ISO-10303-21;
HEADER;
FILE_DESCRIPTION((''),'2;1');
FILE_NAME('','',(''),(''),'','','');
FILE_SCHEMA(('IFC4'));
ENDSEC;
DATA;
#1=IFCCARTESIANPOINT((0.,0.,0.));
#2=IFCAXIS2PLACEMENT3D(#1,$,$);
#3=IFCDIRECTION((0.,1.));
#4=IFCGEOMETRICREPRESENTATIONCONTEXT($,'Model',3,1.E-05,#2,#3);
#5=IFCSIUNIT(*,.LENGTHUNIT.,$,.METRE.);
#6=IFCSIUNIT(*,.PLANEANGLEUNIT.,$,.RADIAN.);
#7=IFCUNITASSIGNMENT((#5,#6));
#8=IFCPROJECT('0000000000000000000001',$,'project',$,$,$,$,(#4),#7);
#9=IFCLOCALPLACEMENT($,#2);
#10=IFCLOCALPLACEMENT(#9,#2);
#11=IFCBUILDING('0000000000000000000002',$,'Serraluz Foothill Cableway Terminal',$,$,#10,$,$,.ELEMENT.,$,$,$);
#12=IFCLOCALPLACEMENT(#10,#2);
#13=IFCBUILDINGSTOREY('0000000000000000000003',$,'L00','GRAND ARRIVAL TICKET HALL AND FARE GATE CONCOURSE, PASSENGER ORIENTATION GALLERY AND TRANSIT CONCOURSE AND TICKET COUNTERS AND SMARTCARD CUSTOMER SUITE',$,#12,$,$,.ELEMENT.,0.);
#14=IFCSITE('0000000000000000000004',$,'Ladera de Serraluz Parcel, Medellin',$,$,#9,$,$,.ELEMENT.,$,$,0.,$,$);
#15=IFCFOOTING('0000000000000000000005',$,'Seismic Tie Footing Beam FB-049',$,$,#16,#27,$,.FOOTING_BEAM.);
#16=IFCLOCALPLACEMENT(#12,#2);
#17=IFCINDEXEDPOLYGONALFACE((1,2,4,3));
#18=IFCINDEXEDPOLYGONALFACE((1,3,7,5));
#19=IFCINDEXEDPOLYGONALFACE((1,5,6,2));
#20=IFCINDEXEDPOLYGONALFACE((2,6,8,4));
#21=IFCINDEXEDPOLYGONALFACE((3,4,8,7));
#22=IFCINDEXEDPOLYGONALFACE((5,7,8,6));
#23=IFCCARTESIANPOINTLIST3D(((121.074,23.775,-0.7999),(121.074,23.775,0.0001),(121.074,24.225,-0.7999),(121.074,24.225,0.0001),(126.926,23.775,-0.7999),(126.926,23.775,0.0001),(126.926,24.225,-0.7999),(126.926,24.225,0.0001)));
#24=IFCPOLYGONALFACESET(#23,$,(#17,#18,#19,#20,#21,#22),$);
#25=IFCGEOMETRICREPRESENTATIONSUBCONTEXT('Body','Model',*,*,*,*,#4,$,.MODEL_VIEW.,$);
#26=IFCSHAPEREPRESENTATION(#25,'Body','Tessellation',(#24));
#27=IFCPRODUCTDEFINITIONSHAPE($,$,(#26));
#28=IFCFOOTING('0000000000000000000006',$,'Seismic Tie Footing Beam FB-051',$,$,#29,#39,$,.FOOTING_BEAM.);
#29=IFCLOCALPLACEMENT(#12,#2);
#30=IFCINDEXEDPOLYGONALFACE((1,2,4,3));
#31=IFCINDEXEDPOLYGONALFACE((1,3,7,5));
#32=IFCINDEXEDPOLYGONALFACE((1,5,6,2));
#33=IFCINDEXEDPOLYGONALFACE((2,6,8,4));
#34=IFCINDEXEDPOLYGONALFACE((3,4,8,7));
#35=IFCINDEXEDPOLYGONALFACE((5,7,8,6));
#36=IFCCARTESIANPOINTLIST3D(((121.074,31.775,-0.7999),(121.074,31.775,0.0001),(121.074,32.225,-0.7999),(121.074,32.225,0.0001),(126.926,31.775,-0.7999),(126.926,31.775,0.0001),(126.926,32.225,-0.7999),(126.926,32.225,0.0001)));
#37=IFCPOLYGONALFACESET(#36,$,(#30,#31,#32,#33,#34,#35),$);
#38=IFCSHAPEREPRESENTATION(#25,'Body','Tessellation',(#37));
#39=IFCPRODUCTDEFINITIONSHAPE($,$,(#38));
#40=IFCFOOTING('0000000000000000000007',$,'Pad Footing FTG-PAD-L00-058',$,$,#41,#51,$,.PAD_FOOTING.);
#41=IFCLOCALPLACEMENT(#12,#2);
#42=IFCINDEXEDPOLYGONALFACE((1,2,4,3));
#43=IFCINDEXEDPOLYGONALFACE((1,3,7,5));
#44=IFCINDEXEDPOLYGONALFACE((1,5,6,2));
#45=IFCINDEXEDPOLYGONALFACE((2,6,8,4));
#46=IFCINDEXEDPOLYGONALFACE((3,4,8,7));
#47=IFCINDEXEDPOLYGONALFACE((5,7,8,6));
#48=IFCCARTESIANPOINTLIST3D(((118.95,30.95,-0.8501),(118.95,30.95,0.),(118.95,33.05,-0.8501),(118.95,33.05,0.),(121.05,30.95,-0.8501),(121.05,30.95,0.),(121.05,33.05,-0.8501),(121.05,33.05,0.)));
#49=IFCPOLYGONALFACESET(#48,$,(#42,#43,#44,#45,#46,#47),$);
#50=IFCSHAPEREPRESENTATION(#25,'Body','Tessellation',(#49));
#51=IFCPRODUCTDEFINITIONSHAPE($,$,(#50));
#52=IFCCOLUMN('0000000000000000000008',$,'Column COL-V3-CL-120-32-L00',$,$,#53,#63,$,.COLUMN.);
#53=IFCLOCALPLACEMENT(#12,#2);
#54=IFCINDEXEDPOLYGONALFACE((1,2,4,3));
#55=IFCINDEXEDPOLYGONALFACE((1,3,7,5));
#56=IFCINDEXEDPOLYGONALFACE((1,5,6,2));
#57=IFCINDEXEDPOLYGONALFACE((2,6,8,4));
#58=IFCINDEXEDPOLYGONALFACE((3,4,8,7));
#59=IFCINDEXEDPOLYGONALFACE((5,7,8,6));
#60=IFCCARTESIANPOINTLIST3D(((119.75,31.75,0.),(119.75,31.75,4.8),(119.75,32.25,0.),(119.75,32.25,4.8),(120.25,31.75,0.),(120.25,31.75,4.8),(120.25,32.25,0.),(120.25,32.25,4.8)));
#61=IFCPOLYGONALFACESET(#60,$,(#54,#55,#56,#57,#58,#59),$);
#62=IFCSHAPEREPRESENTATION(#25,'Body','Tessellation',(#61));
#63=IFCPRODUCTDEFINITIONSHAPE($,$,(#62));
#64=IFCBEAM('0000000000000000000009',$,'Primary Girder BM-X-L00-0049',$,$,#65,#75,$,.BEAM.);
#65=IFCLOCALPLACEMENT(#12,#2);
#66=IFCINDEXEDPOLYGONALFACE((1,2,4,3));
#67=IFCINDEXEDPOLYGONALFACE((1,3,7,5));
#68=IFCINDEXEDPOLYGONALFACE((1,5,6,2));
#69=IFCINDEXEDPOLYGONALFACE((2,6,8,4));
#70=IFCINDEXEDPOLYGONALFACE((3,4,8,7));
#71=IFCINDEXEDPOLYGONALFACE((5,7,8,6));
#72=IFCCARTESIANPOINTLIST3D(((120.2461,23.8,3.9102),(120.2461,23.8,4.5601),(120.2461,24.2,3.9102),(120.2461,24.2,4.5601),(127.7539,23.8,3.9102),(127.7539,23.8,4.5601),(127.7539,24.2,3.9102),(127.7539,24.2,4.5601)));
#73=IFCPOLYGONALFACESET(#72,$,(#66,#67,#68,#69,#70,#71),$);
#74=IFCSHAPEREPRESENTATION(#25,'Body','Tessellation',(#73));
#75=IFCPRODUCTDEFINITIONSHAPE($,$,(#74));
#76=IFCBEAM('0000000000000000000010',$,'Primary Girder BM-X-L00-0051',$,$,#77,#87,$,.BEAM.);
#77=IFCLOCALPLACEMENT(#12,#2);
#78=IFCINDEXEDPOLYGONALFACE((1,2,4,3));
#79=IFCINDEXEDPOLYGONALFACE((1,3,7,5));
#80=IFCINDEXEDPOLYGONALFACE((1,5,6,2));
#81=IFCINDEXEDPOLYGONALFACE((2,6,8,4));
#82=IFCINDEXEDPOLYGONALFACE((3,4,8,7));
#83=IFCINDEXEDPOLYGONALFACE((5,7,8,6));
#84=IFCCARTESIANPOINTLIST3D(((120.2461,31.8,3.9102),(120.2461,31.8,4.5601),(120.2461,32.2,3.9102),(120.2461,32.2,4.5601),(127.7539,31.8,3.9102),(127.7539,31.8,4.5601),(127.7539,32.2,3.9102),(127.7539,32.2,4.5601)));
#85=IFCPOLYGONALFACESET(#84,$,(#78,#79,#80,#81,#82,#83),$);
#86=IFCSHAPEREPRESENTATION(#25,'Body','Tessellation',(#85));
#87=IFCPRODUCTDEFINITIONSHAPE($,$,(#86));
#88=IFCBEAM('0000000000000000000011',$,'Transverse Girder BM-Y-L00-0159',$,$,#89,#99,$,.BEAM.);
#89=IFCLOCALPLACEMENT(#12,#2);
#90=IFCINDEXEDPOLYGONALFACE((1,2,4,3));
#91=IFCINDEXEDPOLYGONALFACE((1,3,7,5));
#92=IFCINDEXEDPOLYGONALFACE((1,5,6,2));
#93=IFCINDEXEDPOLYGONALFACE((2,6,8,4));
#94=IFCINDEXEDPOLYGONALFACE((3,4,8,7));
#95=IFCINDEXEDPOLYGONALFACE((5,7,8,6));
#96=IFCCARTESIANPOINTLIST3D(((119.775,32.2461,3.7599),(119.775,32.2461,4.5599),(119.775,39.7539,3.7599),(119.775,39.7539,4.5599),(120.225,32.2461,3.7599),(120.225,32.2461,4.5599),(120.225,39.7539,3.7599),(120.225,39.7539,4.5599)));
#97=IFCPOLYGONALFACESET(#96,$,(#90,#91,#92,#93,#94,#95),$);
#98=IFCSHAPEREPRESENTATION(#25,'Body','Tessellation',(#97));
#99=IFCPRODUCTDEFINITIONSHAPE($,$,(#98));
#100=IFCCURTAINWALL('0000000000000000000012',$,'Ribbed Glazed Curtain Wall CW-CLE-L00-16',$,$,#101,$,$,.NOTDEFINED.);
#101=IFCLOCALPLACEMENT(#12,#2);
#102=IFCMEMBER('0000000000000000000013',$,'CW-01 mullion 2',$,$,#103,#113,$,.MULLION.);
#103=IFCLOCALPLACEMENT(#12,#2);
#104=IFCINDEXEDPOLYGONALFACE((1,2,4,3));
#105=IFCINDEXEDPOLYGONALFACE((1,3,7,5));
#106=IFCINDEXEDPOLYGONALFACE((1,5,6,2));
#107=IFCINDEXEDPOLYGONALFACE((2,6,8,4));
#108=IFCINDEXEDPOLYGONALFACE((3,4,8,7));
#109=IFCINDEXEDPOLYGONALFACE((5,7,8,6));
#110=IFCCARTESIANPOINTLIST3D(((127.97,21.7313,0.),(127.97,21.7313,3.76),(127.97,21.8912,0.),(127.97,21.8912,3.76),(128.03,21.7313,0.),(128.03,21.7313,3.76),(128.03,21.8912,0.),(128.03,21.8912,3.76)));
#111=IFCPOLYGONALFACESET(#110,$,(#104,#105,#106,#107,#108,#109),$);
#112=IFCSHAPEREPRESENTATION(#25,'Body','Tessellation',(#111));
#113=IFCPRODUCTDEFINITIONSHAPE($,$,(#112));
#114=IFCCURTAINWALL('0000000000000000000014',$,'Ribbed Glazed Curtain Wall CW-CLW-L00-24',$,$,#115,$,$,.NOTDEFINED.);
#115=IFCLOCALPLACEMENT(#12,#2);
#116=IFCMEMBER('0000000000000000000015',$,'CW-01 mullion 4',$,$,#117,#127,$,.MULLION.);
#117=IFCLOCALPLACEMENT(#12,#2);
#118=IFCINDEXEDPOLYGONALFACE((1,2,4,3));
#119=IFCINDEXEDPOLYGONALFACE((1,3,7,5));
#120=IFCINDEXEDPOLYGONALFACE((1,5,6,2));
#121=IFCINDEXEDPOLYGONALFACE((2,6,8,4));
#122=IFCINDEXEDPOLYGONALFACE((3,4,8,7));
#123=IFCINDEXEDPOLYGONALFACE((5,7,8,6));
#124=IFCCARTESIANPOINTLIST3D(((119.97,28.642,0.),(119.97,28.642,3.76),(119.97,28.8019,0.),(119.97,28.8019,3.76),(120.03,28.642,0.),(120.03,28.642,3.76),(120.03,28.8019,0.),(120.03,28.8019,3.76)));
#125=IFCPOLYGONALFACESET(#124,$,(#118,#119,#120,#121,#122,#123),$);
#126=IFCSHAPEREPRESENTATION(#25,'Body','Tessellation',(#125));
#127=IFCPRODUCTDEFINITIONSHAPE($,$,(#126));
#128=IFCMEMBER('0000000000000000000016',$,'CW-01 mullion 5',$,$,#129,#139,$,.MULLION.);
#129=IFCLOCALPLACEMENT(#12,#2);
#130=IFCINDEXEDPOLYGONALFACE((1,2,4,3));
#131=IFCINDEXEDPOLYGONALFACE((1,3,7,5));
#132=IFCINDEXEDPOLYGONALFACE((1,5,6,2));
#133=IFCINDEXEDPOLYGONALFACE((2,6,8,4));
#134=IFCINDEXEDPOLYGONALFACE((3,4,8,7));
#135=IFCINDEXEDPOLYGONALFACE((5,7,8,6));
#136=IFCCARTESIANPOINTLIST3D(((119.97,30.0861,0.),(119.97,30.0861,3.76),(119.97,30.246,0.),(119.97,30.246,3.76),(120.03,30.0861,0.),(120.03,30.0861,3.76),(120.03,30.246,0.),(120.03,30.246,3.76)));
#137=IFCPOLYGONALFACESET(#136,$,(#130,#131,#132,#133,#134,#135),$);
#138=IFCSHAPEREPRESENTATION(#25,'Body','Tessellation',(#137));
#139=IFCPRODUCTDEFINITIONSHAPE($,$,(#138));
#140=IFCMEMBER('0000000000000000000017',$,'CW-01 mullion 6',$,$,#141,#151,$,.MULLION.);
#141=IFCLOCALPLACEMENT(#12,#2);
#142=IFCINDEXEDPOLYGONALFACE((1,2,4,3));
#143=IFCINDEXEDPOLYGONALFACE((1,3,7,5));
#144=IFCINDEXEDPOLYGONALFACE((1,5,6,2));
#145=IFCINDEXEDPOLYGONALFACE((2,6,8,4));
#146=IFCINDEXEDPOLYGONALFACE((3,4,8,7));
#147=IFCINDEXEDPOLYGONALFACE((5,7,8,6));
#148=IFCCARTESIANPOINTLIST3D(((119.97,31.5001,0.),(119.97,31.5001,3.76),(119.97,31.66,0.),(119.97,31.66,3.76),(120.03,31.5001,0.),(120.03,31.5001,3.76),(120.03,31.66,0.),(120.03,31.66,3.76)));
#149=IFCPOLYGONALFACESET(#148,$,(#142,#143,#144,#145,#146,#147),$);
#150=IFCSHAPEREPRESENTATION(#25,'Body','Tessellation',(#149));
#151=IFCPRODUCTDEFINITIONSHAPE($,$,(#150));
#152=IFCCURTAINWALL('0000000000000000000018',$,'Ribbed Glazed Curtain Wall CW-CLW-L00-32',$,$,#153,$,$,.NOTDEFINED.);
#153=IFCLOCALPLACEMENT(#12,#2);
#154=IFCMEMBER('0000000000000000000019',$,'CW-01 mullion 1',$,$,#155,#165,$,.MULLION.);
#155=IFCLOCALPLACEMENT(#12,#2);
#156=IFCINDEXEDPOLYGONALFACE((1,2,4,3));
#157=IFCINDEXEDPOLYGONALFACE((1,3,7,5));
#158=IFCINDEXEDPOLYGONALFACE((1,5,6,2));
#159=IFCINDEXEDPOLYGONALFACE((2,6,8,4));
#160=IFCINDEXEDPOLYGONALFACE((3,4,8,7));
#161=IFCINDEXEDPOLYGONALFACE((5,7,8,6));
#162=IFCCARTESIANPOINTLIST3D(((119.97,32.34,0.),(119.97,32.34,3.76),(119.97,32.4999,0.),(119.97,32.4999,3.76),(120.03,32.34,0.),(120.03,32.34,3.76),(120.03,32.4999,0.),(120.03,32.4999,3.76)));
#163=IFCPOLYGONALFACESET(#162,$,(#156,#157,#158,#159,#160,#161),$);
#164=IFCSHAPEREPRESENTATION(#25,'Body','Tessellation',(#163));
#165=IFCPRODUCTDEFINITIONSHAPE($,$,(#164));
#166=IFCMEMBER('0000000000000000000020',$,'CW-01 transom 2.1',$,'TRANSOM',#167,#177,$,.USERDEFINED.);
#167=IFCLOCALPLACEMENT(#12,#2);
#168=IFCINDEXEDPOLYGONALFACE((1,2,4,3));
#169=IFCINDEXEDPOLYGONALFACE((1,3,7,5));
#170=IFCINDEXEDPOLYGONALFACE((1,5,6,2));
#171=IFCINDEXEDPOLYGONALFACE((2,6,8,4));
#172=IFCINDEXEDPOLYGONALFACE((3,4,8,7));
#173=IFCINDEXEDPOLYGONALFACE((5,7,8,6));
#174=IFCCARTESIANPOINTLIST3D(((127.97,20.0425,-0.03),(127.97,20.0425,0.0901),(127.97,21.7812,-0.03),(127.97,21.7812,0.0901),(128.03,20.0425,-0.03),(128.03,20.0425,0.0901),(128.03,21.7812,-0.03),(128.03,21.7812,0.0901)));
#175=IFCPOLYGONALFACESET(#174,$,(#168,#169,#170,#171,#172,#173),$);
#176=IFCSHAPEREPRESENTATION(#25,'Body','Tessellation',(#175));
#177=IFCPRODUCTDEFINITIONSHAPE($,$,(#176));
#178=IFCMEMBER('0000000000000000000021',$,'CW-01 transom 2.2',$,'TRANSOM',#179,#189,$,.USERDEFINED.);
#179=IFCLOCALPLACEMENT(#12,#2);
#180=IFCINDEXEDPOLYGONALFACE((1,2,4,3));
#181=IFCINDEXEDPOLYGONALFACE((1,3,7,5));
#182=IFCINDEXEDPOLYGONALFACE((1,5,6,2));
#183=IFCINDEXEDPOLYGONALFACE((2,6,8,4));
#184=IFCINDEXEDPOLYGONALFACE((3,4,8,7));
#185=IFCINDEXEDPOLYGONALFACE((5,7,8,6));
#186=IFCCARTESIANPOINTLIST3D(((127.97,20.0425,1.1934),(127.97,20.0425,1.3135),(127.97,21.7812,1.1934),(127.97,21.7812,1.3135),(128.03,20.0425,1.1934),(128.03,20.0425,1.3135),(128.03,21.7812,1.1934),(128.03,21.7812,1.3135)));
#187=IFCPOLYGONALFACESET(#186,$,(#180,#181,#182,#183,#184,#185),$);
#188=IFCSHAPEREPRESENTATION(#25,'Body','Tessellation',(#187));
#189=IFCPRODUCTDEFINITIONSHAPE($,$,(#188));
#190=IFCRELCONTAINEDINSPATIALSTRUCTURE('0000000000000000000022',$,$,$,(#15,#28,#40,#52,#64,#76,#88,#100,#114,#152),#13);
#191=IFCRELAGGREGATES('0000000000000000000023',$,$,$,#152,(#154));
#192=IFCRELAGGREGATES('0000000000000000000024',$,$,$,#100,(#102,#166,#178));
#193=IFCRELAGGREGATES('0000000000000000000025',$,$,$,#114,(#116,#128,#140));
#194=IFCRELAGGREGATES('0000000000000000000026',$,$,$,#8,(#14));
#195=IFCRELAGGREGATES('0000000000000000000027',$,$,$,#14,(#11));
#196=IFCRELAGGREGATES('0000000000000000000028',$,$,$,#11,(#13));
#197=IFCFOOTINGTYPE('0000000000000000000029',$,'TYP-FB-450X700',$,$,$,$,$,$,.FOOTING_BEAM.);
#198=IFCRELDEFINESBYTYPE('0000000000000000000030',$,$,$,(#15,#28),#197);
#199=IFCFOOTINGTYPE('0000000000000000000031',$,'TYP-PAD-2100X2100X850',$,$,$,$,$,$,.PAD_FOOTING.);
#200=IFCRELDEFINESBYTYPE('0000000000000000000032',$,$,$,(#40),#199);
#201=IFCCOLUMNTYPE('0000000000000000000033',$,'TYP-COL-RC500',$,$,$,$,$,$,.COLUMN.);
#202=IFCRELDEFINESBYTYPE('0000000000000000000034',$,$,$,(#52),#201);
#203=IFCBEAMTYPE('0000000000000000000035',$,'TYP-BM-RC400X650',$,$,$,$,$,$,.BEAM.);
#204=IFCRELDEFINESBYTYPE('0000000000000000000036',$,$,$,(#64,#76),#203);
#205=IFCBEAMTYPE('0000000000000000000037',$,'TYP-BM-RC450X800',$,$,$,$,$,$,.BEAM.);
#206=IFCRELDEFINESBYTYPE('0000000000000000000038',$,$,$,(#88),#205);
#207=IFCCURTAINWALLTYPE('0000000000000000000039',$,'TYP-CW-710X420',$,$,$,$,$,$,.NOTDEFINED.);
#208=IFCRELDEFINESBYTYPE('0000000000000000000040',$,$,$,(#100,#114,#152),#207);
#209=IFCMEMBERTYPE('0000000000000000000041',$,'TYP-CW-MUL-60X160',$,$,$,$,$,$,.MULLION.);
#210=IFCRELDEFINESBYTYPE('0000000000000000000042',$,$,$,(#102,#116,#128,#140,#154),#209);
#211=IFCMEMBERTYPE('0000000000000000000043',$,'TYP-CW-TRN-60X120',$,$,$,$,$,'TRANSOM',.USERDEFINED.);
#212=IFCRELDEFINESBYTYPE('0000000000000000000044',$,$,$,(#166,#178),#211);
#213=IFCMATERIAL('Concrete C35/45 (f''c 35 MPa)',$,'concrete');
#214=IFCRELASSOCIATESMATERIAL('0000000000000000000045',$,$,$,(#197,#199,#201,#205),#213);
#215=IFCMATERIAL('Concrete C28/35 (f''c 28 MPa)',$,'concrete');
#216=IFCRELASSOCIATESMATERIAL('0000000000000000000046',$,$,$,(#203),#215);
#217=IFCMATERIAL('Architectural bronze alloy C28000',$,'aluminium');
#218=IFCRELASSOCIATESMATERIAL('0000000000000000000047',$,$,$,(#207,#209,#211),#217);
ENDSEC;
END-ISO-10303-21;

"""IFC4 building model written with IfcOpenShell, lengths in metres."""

from ifc_helpers import new_model, si_unit, direction, frame, origin, origin_2d, place, context, subcontext, project, spatial, rectangle, extrude, material, material_profile, profile_set, type_object, element, aggregate, save


model = new_model("IFC4")

# Units and contexts
model_context = context("Model", 3, precision=1e-05, world=origin(), true_north=direction((0.0, 1.0)))
body_context = subcontext(model_context, "Body", "Model", "MODEL_VIEW")
ifc_project = project(units=[si_unit("LENGTHUNIT", "METRE"), si_unit("PLANEANGLEUNIT", "RADIAN")], contexts=[model_context])

# Site, building, storey
site_placement = place(None, origin())
site = spatial("IfcSite", under=ifc_project, at=site_placement, Name="Ladera de Serraluz Parcel, Medellin", CompositionType="ELEMENT", RefElevation=0.0)
building_placement = place(site_placement, origin())
building = spatial("IfcBuilding", under=site, at=building_placement, Name="Serraluz Foothill Cableway Terminal", CompositionType="ELEMENT")
storey_placement = place(building_placement, origin())
storey = spatial("IfcBuildingStorey", under=building, at=storey_placement, Name="L00", Description="GRAND ARRIVAL TICKET HALL AND FARE GATE CONCOURSE, PASSENGER ORIENTATION GALLERY AND TRANSIT CONCOURSE AND TICKET COUNTERS AND SMARTCARD CUSTOMER SUITE", CompositionType="ELEMENT", Elevation=0.0)

# Footings
ifc_material_1 = material(Name="Concrete C35/45 (f'c 35 MPa)", Category="concrete")
ifc_material_profile_1 = material_profile(ifc_material_1, rectangle(XDim=0.45, YDim=0.8, at=origin_2d()), Name="RC 450x800")
ifc_profile_set_1 = profile_set([ifc_material_profile_1], Name="Concrete C35/45 (f'c 35 MPa)")
footing_type_1 = type_object("IfcFootingType", Name="TYP-FB-450X700", PredefinedType="FOOTING_BEAM", material=ifc_profile_set_1)
for number, where, z_axis, x_axis, name in (
    (1, (121.074, 24.0, -0.3999), (1.0, 0.0, 0.0), (0.0, 1.0, 0.0), "Seismic Tie Footing Beam FB-049"),
    (2, (121.074, 32.0, -0.3999), (1.0, 0.0, 0.0), (0.0, 1.0, 0.0), "Seismic Tie Footing Beam FB-051"),
):
    element("IfcFooting", number, at=place(storey_placement, frame(where, z_axis=z_axis, x_axis=x_axis)), inside=storey, type_object=footing_type_1, Name=name, PredefinedType="FOOTING_BEAM", context=body_context, shape_type="SweptSolid", body=[
        extrude(rectangle(XDim=0.45, YDim=0.8, at=origin_2d()), origin(), (0.0, 0.0, 1.0), 5.8521),
    ])
footing_type_2 = type_object("IfcFootingType", Name="TYP-PAD-2100X2100X850", PredefinedType="PAD_FOOTING", material=ifc_material_1)
footing_placement = place(storey_placement, frame((120.0, 32.0, -0.8501), z_axis=(0.0, 0.0, 1.0), x_axis=(1.0, 0.0, 0.0)))
element("IfcFooting", 3, at=footing_placement, inside=storey, type_object=footing_type_2, Name="Pad Footing FTG-PAD-L00-058", PredefinedType="PAD_FOOTING", context=body_context, shape_type="SweptSolid", body=[
    extrude(rectangle(XDim=2.1001, YDim=2.1001, at=origin_2d()), origin(), (0.0, 0.0, 1.0), 0.8501),
])

# Column
ifc_material_profile_2 = material_profile(ifc_material_1, rectangle(XDim=0.5, YDim=0.5, at=origin_2d()), Name="RC 500x500")
ifc_profile_set_2 = profile_set([ifc_material_profile_2], Name="Concrete C35/45 (f'c 35 MPa)")
column_type = type_object("IfcColumnType", Name="TYP-COL-RC500", PredefinedType="COLUMN", material=ifc_profile_set_2)
column_placement = place(storey_placement, frame((120.0, 32.0, 0.0), z_axis=(0.0, 0.0, 1.0), x_axis=(1.0, 0.0, 0.0)))
element("IfcColumn", 4, at=column_placement, inside=storey, type_object=column_type, Name="Column COL-V3-CL-120-32-L00", PredefinedType="COLUMN", context=body_context, shape_type="SweptSolid", body=[
    extrude(rectangle(XDim=0.5, YDim=0.5, at=origin_2d()), origin(), (0.0, 0.0, 1.0), 4.8),
])

# Beams
ifc_material_2 = material(Name="Concrete C28/35 (f'c 28 MPa)", Category="concrete")
ifc_material_profile_3 = material_profile(ifc_material_2, rectangle(XDim=0.3999, YDim=0.6499, at=origin_2d()), Name="RC 400x650")
ifc_profile_set_3 = profile_set([ifc_material_profile_3], Name="Concrete C28/35 (f'c 28 MPa)")
beam_type_1 = type_object("IfcBeamType", Name="TYP-BM-RC400X650", PredefinedType="BEAM", material=ifc_profile_set_3)
for number, where, z_axis, x_axis, name in (
    (5, (120.2461, 24.0, 4.2351), (1.0, 0.0, 0.0), (0.0, 1.0, 0.0), "Primary Girder BM-X-L00-0049"),
    (6, (120.2461, 32.0, 4.2351), (1.0, 0.0, 0.0), (0.0, 1.0, 0.0), "Primary Girder BM-X-L00-0051"),
):
    element("IfcBeam", number, at=place(storey_placement, frame(where, z_axis=z_axis, x_axis=x_axis)), inside=storey, type_object=beam_type_1, Name=name, PredefinedType="BEAM", context=body_context, shape_type="SweptSolid", body=[
        extrude(rectangle(XDim=0.3999, YDim=0.6499, at=origin_2d()), origin(), (0.0, 0.0, 1.0), 7.5078),
    ])
ifc_material_profile_4 = material_profile(ifc_material_1, rectangle(XDim=0.45, YDim=0.8, at=origin_2d()), Name="RC 450x800")
ifc_profile_set_4 = profile_set([ifc_material_profile_4], Name="Concrete C35/45 (f'c 35 MPa)")
beam_type_2 = type_object("IfcBeamType", Name="TYP-BM-RC450X800", PredefinedType="BEAM", material=ifc_profile_set_4)
beam_1_placement = place(storey_placement, frame((120.0, 32.2461, 4.1599), z_axis=(0.0, 1.0, 0.0), x_axis=(-1.0, 0.0, 0.0)))
element("IfcBeam", 7, at=beam_1_placement, inside=storey, type_object=beam_type_2, Name="Transverse Girder BM-Y-L00-0159", PredefinedType="BEAM", context=body_context, shape_type="SweptSolid", body=[
    extrude(rectangle(XDim=0.45, YDim=0.8, at=origin_2d()), origin(), (0.0, 0.0, 1.0), 7.5078),
])

# Curtain wall, member
ifc_material_3 = material(Name="Architectural bronze alloy C28000", Category="aluminium")
curtain_wall_type = type_object("IfcCurtainWallType", Name="TYP-CW-710X420", PredefinedType="NOTDEFINED", material=ifc_material_3)
curtain_wall_1_placement = place(storey_placement, origin())
curtain_wall_1 = element("IfcCurtainWall", 8, at=curtain_wall_1_placement, inside=storey, type_object=curtain_wall_type, Name="Ribbed Glazed Curtain Wall CW-CLE-L00-16", PredefinedType="NOTDEFINED")
ifc_material_profile_5 = material_profile(ifc_material_3, rectangle(XDim=0.0601, YDim=0.1599, at=origin_2d()), Name="ALU MULLION 60x160")
ifc_profile_set_5 = profile_set([ifc_material_profile_5], Name="Architectural bronze alloy C28000")
member_type_1 = type_object("IfcMemberType", Name="TYP-CW-MUL-60X160", PredefinedType="MULLION", material=ifc_profile_set_5)
member_1_placement = place(storey_placement, frame((128.0, 21.8113, 0.0), z_axis=(0.0, 0.0, 1.0), x_axis=(1.0, 0.0, 0.0)))
member_1 = element("IfcMember", 9, at=member_1_placement, type_object=member_type_1, Name="CW-01 mullion 2", PredefinedType="MULLION", context=body_context, shape_type="SweptSolid", body=[
    extrude(rectangle(XDim=0.0601, YDim=0.1599, at=origin_2d()), origin(), (0.0, 0.0, 1.0), 3.76),
])

# Curtain wall, members
curtain_wall_2_placement = place(storey_placement, origin())
curtain_wall_2 = element("IfcCurtainWall", 10, at=curtain_wall_2_placement, inside=storey, type_object=curtain_wall_type, Name="Ribbed Glazed Curtain Wall CW-CLW-L00-24", PredefinedType="NOTDEFINED")
member_2_placement = place(storey_placement, frame((120.0, 28.7219, 0.0), z_axis=(0.0, 0.0, 1.0), x_axis=(-1.0, 0.0, 0.0)))
member_2 = element("IfcMember", 11, at=member_2_placement, type_object=member_type_1, Name="CW-01 mullion 4", PredefinedType="MULLION", context=body_context, shape_type="SweptSolid", body=[
    extrude(rectangle(XDim=0.0601, YDim=0.1599, at=origin_2d()), origin(), (0.0, 0.0, 1.0), 3.76),
])
member_3_placement = place(storey_placement, frame((120.0, 30.166, 0.0), z_axis=(0.0, 0.0, 1.0), x_axis=(-1.0, 0.0, 0.0)))
member_3 = element("IfcMember", 12, at=member_3_placement, type_object=member_type_1, Name="CW-01 mullion 5", PredefinedType="MULLION", context=body_context, shape_type="SweptSolid", body=[
    extrude(rectangle(XDim=0.0601, YDim=0.1599, at=origin_2d()), origin(), (0.0, 0.0, 1.0), 3.76),
])
member_4_placement = place(storey_placement, frame((120.0, 31.5801, 0.0), z_axis=(0.0, 0.0, 1.0), x_axis=(-1.0, 0.0, 0.0)))
member_4 = element("IfcMember", 13, at=member_4_placement, type_object=member_type_1, Name="CW-01 mullion 6", PredefinedType="MULLION", context=body_context, shape_type="SweptSolid", body=[
    extrude(rectangle(XDim=0.0601, YDim=0.1599, at=origin_2d()), origin(), (0.0, 0.0, 1.0), 3.76),
])

# Curtain wall, member
curtain_wall_3_placement = place(storey_placement, origin())
curtain_wall_3 = element("IfcCurtainWall", 14, at=curtain_wall_3_placement, inside=storey, type_object=curtain_wall_type, Name="Ribbed Glazed Curtain Wall CW-CLW-L00-32", PredefinedType="NOTDEFINED")
member_5_placement = place(storey_placement, frame((120.0, 32.4199, 0.0), z_axis=(0.0, 0.0, 1.0), x_axis=(-1.0, 0.0, 0.0)))
member_5 = element("IfcMember", 15, at=member_5_placement, type_object=member_type_1, Name="CW-01 mullion 1", PredefinedType="MULLION", context=body_context, shape_type="SweptSolid", body=[
    extrude(rectangle(XDim=0.0601, YDim=0.1599, at=origin_2d()), origin(), (0.0, 0.0, 1.0), 3.76),
])
aggregate(curtain_wall_3, [member_5])

# Members
ifc_material_profile_6 = material_profile(ifc_material_3, rectangle(XDim=0.0601, YDim=0.1201, at=origin_2d()), Name="ALU TRANSOM 60x120")
ifc_profile_set_6 = profile_set([ifc_material_profile_6], Name="Architectural bronze alloy C28000")
member_type_2 = type_object("IfcMemberType", Name="TYP-CW-TRN-60X120", ElementType="TRANSOM", PredefinedType="USERDEFINED", material=ifc_profile_set_6)
member_6_placement = place(storey_placement, frame((128.0, 21.7812, 0.03), z_axis=(0.0, -1.0, 0.0), x_axis=(1.0, 0.0, 0.0)))
member_6 = element("IfcMember", 16, at=member_6_placement, type_object=member_type_2, Name="CW-01 transom 2.1", ObjectType="TRANSOM", PredefinedType="USERDEFINED", context=body_context, shape_type="SweptSolid", body=[
    extrude(rectangle(XDim=0.0601, YDim=0.1201, at=origin_2d()), origin(), (0.0, 0.0, 1.0), 1.7388),
])
member_7_placement = place(storey_placement, frame((128.0, 21.7812, 1.2534), z_axis=(0.0, -1.0, 0.0), x_axis=(1.0, 0.0, 0.0)))
member_7 = element("IfcMember", 17, at=member_7_placement, type_object=member_type_2, Name="CW-01 transom 2.2", ObjectType="TRANSOM", PredefinedType="USERDEFINED", context=body_context, shape_type="SweptSolid", body=[
    extrude(rectangle(XDim=0.0601, YDim=0.1201, at=origin_2d()), origin(), (0.0, 0.0, 1.0), 1.7388),
])

aggregate(curtain_wall_1, [member_1, member_6, member_7])
aggregate(curtain_wall_2, [member_2, member_3, member_4])

save(model, "model.ifc")
